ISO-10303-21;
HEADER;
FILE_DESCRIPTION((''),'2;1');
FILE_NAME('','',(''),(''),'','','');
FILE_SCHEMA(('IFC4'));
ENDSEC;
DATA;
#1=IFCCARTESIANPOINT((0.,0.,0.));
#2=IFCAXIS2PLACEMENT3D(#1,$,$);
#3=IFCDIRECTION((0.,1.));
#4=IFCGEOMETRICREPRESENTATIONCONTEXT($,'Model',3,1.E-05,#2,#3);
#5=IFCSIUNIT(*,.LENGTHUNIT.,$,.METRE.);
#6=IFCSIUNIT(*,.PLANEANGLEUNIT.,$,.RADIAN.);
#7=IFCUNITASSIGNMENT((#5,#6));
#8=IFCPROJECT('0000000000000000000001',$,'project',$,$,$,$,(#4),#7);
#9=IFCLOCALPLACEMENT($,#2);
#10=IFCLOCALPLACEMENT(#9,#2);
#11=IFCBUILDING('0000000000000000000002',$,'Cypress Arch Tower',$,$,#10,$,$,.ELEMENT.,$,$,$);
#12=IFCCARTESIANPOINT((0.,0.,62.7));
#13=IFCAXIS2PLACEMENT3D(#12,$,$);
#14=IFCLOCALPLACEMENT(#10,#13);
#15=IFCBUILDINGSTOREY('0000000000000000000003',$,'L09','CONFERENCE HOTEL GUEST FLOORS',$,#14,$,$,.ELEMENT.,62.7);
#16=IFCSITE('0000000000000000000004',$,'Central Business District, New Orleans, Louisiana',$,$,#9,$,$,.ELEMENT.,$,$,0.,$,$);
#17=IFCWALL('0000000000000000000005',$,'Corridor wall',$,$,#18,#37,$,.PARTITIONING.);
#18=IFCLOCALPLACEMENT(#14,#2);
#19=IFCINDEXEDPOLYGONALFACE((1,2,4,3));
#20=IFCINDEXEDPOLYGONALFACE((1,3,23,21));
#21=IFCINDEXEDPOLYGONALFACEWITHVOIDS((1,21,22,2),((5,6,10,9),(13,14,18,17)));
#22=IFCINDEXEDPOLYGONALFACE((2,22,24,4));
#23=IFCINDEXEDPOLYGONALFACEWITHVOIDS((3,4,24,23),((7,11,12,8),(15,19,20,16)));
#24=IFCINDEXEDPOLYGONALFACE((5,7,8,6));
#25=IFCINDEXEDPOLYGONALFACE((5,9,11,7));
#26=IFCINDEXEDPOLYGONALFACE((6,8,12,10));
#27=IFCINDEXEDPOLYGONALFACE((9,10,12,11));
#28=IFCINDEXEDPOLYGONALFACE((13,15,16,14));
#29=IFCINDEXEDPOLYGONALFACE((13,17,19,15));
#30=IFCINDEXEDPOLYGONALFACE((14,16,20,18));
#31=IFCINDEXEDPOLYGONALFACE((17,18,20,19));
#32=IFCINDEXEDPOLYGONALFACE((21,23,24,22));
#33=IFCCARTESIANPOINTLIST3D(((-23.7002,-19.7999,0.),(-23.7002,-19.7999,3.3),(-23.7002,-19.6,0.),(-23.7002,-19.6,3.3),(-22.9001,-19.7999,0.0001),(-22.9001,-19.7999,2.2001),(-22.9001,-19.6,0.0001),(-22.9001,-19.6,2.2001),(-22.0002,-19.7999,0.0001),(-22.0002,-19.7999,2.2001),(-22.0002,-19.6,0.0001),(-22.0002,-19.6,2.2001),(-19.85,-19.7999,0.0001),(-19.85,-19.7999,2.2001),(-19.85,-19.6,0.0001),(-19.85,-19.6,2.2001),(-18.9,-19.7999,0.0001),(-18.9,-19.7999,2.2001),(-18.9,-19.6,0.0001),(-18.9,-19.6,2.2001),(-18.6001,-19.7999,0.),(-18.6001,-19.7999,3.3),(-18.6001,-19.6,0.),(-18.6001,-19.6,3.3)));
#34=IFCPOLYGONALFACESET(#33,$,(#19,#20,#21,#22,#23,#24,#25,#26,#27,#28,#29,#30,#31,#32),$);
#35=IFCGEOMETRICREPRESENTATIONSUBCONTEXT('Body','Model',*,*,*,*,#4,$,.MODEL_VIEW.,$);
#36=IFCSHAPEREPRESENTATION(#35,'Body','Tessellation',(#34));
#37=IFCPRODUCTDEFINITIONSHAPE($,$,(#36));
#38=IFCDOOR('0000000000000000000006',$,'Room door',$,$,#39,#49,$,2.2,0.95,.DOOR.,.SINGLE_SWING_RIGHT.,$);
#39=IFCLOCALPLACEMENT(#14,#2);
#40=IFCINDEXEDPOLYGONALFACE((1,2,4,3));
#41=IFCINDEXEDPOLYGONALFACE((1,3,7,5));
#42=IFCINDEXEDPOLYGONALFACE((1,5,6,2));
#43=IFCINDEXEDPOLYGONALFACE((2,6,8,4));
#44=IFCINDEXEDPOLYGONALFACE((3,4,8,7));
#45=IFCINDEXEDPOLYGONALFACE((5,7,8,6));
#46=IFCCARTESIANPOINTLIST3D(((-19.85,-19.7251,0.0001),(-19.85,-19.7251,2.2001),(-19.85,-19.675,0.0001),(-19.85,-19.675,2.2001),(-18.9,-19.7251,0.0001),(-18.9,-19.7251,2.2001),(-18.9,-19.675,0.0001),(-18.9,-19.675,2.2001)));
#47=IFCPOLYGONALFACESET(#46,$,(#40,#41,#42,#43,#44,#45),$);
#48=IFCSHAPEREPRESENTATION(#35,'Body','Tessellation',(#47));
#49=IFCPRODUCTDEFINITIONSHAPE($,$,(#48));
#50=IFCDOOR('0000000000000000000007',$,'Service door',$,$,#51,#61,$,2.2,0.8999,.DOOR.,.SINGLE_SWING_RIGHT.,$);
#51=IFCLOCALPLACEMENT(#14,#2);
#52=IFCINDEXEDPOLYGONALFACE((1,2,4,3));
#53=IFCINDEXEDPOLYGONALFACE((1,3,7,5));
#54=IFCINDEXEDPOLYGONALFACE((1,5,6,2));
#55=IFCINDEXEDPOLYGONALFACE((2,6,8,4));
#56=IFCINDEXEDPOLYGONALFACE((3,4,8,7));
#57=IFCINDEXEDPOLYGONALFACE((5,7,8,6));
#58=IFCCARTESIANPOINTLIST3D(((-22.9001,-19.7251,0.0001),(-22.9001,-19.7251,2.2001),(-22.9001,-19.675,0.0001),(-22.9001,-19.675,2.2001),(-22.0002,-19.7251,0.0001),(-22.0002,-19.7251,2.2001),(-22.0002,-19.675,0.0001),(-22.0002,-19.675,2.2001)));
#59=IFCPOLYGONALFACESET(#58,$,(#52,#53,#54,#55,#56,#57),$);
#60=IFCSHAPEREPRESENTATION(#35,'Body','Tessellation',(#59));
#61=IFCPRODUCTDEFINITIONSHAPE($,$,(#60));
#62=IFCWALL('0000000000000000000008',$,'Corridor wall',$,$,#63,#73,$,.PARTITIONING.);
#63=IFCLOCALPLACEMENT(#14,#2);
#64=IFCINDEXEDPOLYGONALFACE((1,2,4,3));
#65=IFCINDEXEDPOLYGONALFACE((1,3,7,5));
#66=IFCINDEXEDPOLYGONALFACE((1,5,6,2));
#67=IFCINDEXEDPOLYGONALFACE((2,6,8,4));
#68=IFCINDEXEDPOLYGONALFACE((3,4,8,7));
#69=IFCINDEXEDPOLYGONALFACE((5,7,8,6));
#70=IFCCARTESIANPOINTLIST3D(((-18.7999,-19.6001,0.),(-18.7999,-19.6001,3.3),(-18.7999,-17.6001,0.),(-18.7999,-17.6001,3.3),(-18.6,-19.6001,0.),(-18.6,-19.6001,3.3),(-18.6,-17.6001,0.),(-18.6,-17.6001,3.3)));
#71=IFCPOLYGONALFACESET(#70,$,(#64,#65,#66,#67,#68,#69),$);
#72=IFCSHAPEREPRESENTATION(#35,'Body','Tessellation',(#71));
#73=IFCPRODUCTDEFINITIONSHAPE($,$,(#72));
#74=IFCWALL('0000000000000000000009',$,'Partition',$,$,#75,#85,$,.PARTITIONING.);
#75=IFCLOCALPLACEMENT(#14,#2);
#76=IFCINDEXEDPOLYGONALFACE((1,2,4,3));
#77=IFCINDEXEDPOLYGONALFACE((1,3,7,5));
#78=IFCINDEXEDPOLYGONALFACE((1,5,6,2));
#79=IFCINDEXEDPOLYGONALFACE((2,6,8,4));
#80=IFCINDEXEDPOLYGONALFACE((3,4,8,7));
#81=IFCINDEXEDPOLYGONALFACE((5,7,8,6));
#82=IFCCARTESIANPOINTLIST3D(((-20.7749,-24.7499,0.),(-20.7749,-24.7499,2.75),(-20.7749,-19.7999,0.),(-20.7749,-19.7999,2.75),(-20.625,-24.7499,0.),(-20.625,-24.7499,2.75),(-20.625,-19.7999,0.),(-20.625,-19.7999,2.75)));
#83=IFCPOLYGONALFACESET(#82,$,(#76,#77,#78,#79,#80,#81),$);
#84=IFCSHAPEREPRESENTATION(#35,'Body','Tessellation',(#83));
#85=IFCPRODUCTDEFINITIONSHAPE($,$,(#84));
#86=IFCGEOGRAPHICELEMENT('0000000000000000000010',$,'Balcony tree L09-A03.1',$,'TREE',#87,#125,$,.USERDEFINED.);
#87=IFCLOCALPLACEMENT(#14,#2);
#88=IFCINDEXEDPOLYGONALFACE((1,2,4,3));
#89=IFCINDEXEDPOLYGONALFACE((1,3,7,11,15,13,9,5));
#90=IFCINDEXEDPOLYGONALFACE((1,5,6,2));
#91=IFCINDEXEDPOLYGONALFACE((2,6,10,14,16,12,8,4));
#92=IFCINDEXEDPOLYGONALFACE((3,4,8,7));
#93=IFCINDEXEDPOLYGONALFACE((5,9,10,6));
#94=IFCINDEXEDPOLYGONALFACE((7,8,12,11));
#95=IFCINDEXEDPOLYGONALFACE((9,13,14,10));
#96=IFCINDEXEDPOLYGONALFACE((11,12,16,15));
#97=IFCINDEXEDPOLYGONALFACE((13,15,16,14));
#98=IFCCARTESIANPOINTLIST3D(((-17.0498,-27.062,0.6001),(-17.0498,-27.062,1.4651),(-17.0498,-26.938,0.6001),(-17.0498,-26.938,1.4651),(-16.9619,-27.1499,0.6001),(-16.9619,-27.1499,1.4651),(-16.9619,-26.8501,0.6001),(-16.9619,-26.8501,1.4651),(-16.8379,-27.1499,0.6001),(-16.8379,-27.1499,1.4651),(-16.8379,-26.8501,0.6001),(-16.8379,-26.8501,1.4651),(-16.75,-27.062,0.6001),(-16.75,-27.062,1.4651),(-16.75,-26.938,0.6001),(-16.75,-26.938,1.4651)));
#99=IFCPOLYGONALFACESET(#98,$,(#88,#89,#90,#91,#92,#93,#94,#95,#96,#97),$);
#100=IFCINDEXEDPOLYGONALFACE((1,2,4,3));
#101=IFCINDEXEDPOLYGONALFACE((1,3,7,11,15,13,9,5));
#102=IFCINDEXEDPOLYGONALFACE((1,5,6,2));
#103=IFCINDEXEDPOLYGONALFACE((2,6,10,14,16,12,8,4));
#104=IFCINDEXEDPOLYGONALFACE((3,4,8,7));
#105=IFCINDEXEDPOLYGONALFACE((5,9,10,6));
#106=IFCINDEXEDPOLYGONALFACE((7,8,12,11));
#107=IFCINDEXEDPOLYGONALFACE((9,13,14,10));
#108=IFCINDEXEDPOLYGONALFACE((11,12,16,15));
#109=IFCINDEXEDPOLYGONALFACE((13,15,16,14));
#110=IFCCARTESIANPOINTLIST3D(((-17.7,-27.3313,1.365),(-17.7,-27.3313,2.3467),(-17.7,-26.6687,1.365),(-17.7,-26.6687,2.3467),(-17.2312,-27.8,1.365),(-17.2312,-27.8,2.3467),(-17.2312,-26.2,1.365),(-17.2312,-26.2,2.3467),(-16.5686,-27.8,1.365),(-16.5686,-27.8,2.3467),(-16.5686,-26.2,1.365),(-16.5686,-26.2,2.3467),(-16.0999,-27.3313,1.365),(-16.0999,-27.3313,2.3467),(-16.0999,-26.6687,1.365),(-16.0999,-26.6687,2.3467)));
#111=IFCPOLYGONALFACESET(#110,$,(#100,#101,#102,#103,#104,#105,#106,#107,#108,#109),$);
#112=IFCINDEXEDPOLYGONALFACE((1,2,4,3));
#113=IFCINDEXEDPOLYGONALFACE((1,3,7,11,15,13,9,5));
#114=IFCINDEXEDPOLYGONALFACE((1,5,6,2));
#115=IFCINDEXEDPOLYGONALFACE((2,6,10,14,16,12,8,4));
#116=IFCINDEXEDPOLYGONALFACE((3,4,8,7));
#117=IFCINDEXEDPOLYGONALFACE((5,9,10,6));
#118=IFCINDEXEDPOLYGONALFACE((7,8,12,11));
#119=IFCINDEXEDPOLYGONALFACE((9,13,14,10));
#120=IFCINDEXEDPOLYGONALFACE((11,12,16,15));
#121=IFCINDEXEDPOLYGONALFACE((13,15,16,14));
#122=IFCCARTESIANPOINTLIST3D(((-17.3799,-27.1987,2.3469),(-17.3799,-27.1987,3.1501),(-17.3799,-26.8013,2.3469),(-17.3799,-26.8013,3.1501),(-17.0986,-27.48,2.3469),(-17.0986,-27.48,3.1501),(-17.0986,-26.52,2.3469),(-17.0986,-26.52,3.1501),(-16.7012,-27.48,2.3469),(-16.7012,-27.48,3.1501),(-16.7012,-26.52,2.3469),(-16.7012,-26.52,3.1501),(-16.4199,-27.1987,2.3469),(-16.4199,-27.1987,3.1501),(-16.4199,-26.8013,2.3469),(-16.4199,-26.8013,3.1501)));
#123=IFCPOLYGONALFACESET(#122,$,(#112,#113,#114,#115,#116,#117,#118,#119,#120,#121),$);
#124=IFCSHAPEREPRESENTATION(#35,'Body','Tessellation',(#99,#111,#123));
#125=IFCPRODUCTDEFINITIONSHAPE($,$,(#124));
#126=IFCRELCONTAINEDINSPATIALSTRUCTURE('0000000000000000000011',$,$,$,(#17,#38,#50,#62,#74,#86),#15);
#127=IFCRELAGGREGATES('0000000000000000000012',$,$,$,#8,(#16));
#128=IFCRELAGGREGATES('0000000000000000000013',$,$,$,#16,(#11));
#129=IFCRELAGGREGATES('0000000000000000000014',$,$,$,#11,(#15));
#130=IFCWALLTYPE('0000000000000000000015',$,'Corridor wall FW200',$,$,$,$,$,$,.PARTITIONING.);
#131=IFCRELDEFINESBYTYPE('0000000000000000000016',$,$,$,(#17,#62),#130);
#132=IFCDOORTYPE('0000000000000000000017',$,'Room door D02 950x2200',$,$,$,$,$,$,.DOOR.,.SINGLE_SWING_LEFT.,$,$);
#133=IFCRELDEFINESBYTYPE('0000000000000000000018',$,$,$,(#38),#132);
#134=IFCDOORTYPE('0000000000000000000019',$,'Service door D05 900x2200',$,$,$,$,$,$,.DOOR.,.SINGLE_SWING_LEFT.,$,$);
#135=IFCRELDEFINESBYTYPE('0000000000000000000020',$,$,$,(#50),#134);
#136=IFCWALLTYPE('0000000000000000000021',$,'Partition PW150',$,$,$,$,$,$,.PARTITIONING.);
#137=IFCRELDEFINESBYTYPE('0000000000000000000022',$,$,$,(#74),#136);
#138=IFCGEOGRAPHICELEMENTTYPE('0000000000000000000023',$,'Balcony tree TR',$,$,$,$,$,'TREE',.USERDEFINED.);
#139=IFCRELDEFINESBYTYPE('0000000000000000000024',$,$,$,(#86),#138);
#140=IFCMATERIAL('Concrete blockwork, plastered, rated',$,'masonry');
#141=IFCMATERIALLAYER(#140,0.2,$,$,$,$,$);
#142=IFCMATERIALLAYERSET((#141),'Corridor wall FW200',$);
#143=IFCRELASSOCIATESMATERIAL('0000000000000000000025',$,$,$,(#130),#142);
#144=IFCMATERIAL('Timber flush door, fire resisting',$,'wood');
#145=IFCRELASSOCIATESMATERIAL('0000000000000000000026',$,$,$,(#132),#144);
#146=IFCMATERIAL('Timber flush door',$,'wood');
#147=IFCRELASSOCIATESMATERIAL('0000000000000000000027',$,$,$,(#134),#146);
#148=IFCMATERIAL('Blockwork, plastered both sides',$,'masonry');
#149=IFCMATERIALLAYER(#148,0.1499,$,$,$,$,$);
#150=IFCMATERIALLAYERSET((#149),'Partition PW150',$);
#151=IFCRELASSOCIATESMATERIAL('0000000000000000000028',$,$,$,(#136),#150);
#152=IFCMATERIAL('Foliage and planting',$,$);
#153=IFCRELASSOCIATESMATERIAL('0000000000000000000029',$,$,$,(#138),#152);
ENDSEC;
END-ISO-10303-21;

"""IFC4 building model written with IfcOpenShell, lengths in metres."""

from ifc_helpers import new_model, si_unit, direction, frame, frame_2d, origin, place, context, subcontext, project, spatial, polyline, rectangle, outline, extrude, material, layer, layer_set, type_object, element, fill, save


model = new_model("IFC4")

# Units and contexts
model_context = context("Model", 3, precision=1e-05, world=origin(), true_north=direction((0.0, 1.0)))
body_context = subcontext(model_context, "Body", "Model", "MODEL_VIEW")
ifc_project = project(units=[si_unit("LENGTHUNIT", "METRE"), si_unit("PLANEANGLEUNIT", "RADIAN")], contexts=[model_context])

# Site, building, storey
site_placement = place(None, origin())
site = spatial("IfcSite", under=ifc_project, at=site_placement, Name="Central Business District, New Orleans, Louisiana", CompositionType="ELEMENT", RefElevation=0.0)
building_placement = place(site_placement, origin())
building = spatial("IfcBuilding", under=site, at=building_placement, Name="Cypress Arch Tower", CompositionType="ELEMENT")
storey_placement = place(building_placement, frame((0.0, 0.0, 62.7)))
storey = spatial("IfcBuildingStorey", under=building, at=storey_placement, Name="L09", Description="CONFERENCE HOTEL GUEST FLOORS", CompositionType="ELEMENT", Elevation=62.7)

# Wall, openings, doors
ifc_material_1 = material(Name="Concrete blockwork, plastered, rated", Category="masonry")
ifc_layer_1 = layer(ifc_material_1, 0.2)
ifc_layer_set_1 = layer_set([ifc_layer_1], Name="Corridor wall FW200")
wall_type_1 = type_object("IfcWallType", Name="Corridor wall FW200", PredefinedType="PARTITIONING", material=ifc_layer_set_1)
wall_1_placement = place(storey_placement, frame((-23.7002, -19.7, 0.0), z_axis=(0.0, 0.0, 1.0), x_axis=(1.0, 0.0, 0.0)))
wall_1 = element("IfcWall", 1, at=wall_1_placement, inside=storey, type_object=wall_type_1, Name="Corridor wall", PredefinedType="PARTITIONING", context=body_context, shape_type="SweptSolid", body=[
    extrude(rectangle(XDim=5.1001, YDim=0.2, at=frame_2d((2.55, 0.0))), origin(), (0.0, 0.0, 1.0), 3.3),
])
opening_1_placement = place(wall_1_placement, frame((0.8, 0.0, 0.0)))
opening_1 = element("IfcOpeningElement", 2, at=opening_1_placement, cuts=wall_1, PredefinedType="OPENING", context=body_context, shape_type="SweptSolid", body=[
    extrude(rectangle(XDim=0.8999, YDim=2.2, at=frame_2d((0.45, 1.1001))), frame((0.0, 0.1099, 0.0), z_axis=(0.0, -1.0, 0.0), x_axis=(1.0, 0.0, 0.0)), (0.0, 0.0, 1.0), 0.22),
])
opening_2_placement = place(wall_1_placement, frame((3.8501, 0.0, 0.0)))
opening_2 = element("IfcOpeningElement", 3, at=opening_2_placement, cuts=wall_1, PredefinedType="OPENING", context=body_context, shape_type="SweptSolid", body=[
    extrude(rectangle(XDim=0.95, YDim=2.2, at=frame_2d((0.4751, 1.1001))), frame((0.0, 0.1099, 0.0), z_axis=(0.0, -1.0, 0.0), x_axis=(1.0, 0.0, 0.0)), (0.0, 0.0, 1.0), 0.22),
])
ifc_material_2 = material(Name="Timber flush door, fire resisting", Category="wood")
door_type_1 = type_object("IfcDoorType", Name="Room door D02 950x2200", OperationType="SINGLE_SWING_LEFT", PredefinedType="DOOR", material=ifc_material_2)
door_1_placement = place(opening_2_placement, origin())
door_1 = element("IfcDoor", 4, at=door_1_placement, inside=storey, type_object=door_type_1, Name="Room door", OperationType="SINGLE_SWING_RIGHT", OverallHeight=2.2, OverallWidth=0.95, PredefinedType="DOOR", context=body_context, shape_type="SweptSolid", body=[
    extrude(rectangle(XDim=0.95, YDim=2.2, at=frame_2d((0.4751, 1.1001))), frame((0.0, 0.0249, 0.0), z_axis=(0.0, -1.0, 0.0), x_axis=(1.0, 0.0, 0.0)), (0.0, 0.0, 1.0), 0.05),
])
fill(opening_2, door_1)
ifc_material_3 = material(Name="Timber flush door", Category="wood")
door_type_2 = type_object("IfcDoorType", Name="Service door D05 900x2200", OperationType="SINGLE_SWING_LEFT", PredefinedType="DOOR", material=ifc_material_3)
door_2_placement = place(opening_1_placement, origin())
door_2 = element("IfcDoor", 5, at=door_2_placement, inside=storey, type_object=door_type_2, Name="Service door", OperationType="SINGLE_SWING_RIGHT", OverallHeight=2.2, OverallWidth=0.8999, PredefinedType="DOOR", context=body_context, shape_type="SweptSolid", body=[
    extrude(rectangle(XDim=0.8999, YDim=2.2, at=frame_2d((0.45, 1.1001))), frame((0.0, 0.0249, 0.0), z_axis=(0.0, -1.0, 0.0), x_axis=(1.0, 0.0, 0.0)), (0.0, 0.0, 1.0), 0.05),
])
fill(opening_1, door_2)

# Walls
wall_2_placement = place(storey_placement, frame((-18.7, -19.6001, 0.0), z_axis=(0.0, 0.0, 1.0), x_axis=(0.0, 1.0, 0.0)))
element("IfcWall", 6, at=wall_2_placement, inside=storey, type_object=wall_type_1, Name="Corridor wall", PredefinedType="PARTITIONING", context=body_context, shape_type="SweptSolid", body=[
    extrude(rectangle(XDim=2.0, YDim=0.2, at=frame_2d((1.0, 0.0))), origin(), (0.0, 0.0, 1.0), 3.3),
])
ifc_material_4 = material(Name="Blockwork, plastered both sides", Category="masonry")
ifc_layer_2 = layer(ifc_material_4, 0.1499)
ifc_layer_set_2 = layer_set([ifc_layer_2], Name="Partition PW150")
wall_type_2 = type_object("IfcWallType", Name="Partition PW150", PredefinedType="PARTITIONING", material=ifc_layer_set_2)
wall_3_placement = place(storey_placement, frame((-20.7, -24.75, 0.0), z_axis=(0.0, 0.0, 1.0), x_axis=(0.0, 1.0, 0.0)))
element("IfcWall", 7, at=wall_3_placement, inside=storey, type_object=wall_type_2, Name="Partition", PredefinedType="PARTITIONING", context=body_context, shape_type="SweptSolid", body=[
    extrude(rectangle(XDim=4.95, YDim=0.1499, at=frame_2d((2.4751, 0.0))), origin(), (0.0, 0.0, 1.0), 2.75),
])

# Geographic element
ifc_material_5 = material(Name="Foliage and planting")
geographic_element_type = type_object("IfcGeographicElementType", Name="Balcony tree TR", ElementType="TREE", PredefinedType="USERDEFINED", material=ifc_material_5)
geographic_element_placement = place(storey_placement, frame((-16.8999, -27.0, 0.6001), z_axis=(0.0, 0.0, 1.0), x_axis=(1.0, 0.0, 0.0)))
element("IfcGeographicElement", 8, at=geographic_element_placement, inside=storey, type_object=geographic_element_type, Name="Balcony tree L09-A03.1", ObjectType="TREE", PredefinedType="USERDEFINED", context=body_context, shape_type="SweptSolid", body=[
    extrude(outline(polyline([(0.1499, 0.062), (0.062, 0.1499), (-0.062, 0.1499), (-0.1499, 0.062), (-0.1499, -0.062), (-0.062, -0.1499), (0.062, -0.1499), (0.1499, -0.062), (0.1499, 0.062)])), origin(), (0.0, 0.0, 1.0), 0.865),
    extrude(outline(polyline([(0.8, 0.3313), (0.3313, 0.8), (-0.3313, 0.8), (-0.8, 0.3313), (-0.8, -0.3313), (-0.3313, -0.8), (0.3313, -0.8), (0.8, -0.3313), (0.8, 0.3313)])), frame((0.0, 0.0, 0.7649)), (0.0, 0.0, 1.0), 0.9817),
    extrude(outline(polyline([(0.48, 0.1987), (0.1987, 0.48), (-0.1987, 0.48), (-0.48, 0.1987), (-0.48, -0.1987), (-0.1987, -0.48), (0.1987, -0.48), (0.48, -0.1987), (0.48, 0.1987)])), frame((0.0, 0.0, 1.7468)), (0.0, 0.0, 1.0), 0.8032),
])

save(model, "model.ifc")
